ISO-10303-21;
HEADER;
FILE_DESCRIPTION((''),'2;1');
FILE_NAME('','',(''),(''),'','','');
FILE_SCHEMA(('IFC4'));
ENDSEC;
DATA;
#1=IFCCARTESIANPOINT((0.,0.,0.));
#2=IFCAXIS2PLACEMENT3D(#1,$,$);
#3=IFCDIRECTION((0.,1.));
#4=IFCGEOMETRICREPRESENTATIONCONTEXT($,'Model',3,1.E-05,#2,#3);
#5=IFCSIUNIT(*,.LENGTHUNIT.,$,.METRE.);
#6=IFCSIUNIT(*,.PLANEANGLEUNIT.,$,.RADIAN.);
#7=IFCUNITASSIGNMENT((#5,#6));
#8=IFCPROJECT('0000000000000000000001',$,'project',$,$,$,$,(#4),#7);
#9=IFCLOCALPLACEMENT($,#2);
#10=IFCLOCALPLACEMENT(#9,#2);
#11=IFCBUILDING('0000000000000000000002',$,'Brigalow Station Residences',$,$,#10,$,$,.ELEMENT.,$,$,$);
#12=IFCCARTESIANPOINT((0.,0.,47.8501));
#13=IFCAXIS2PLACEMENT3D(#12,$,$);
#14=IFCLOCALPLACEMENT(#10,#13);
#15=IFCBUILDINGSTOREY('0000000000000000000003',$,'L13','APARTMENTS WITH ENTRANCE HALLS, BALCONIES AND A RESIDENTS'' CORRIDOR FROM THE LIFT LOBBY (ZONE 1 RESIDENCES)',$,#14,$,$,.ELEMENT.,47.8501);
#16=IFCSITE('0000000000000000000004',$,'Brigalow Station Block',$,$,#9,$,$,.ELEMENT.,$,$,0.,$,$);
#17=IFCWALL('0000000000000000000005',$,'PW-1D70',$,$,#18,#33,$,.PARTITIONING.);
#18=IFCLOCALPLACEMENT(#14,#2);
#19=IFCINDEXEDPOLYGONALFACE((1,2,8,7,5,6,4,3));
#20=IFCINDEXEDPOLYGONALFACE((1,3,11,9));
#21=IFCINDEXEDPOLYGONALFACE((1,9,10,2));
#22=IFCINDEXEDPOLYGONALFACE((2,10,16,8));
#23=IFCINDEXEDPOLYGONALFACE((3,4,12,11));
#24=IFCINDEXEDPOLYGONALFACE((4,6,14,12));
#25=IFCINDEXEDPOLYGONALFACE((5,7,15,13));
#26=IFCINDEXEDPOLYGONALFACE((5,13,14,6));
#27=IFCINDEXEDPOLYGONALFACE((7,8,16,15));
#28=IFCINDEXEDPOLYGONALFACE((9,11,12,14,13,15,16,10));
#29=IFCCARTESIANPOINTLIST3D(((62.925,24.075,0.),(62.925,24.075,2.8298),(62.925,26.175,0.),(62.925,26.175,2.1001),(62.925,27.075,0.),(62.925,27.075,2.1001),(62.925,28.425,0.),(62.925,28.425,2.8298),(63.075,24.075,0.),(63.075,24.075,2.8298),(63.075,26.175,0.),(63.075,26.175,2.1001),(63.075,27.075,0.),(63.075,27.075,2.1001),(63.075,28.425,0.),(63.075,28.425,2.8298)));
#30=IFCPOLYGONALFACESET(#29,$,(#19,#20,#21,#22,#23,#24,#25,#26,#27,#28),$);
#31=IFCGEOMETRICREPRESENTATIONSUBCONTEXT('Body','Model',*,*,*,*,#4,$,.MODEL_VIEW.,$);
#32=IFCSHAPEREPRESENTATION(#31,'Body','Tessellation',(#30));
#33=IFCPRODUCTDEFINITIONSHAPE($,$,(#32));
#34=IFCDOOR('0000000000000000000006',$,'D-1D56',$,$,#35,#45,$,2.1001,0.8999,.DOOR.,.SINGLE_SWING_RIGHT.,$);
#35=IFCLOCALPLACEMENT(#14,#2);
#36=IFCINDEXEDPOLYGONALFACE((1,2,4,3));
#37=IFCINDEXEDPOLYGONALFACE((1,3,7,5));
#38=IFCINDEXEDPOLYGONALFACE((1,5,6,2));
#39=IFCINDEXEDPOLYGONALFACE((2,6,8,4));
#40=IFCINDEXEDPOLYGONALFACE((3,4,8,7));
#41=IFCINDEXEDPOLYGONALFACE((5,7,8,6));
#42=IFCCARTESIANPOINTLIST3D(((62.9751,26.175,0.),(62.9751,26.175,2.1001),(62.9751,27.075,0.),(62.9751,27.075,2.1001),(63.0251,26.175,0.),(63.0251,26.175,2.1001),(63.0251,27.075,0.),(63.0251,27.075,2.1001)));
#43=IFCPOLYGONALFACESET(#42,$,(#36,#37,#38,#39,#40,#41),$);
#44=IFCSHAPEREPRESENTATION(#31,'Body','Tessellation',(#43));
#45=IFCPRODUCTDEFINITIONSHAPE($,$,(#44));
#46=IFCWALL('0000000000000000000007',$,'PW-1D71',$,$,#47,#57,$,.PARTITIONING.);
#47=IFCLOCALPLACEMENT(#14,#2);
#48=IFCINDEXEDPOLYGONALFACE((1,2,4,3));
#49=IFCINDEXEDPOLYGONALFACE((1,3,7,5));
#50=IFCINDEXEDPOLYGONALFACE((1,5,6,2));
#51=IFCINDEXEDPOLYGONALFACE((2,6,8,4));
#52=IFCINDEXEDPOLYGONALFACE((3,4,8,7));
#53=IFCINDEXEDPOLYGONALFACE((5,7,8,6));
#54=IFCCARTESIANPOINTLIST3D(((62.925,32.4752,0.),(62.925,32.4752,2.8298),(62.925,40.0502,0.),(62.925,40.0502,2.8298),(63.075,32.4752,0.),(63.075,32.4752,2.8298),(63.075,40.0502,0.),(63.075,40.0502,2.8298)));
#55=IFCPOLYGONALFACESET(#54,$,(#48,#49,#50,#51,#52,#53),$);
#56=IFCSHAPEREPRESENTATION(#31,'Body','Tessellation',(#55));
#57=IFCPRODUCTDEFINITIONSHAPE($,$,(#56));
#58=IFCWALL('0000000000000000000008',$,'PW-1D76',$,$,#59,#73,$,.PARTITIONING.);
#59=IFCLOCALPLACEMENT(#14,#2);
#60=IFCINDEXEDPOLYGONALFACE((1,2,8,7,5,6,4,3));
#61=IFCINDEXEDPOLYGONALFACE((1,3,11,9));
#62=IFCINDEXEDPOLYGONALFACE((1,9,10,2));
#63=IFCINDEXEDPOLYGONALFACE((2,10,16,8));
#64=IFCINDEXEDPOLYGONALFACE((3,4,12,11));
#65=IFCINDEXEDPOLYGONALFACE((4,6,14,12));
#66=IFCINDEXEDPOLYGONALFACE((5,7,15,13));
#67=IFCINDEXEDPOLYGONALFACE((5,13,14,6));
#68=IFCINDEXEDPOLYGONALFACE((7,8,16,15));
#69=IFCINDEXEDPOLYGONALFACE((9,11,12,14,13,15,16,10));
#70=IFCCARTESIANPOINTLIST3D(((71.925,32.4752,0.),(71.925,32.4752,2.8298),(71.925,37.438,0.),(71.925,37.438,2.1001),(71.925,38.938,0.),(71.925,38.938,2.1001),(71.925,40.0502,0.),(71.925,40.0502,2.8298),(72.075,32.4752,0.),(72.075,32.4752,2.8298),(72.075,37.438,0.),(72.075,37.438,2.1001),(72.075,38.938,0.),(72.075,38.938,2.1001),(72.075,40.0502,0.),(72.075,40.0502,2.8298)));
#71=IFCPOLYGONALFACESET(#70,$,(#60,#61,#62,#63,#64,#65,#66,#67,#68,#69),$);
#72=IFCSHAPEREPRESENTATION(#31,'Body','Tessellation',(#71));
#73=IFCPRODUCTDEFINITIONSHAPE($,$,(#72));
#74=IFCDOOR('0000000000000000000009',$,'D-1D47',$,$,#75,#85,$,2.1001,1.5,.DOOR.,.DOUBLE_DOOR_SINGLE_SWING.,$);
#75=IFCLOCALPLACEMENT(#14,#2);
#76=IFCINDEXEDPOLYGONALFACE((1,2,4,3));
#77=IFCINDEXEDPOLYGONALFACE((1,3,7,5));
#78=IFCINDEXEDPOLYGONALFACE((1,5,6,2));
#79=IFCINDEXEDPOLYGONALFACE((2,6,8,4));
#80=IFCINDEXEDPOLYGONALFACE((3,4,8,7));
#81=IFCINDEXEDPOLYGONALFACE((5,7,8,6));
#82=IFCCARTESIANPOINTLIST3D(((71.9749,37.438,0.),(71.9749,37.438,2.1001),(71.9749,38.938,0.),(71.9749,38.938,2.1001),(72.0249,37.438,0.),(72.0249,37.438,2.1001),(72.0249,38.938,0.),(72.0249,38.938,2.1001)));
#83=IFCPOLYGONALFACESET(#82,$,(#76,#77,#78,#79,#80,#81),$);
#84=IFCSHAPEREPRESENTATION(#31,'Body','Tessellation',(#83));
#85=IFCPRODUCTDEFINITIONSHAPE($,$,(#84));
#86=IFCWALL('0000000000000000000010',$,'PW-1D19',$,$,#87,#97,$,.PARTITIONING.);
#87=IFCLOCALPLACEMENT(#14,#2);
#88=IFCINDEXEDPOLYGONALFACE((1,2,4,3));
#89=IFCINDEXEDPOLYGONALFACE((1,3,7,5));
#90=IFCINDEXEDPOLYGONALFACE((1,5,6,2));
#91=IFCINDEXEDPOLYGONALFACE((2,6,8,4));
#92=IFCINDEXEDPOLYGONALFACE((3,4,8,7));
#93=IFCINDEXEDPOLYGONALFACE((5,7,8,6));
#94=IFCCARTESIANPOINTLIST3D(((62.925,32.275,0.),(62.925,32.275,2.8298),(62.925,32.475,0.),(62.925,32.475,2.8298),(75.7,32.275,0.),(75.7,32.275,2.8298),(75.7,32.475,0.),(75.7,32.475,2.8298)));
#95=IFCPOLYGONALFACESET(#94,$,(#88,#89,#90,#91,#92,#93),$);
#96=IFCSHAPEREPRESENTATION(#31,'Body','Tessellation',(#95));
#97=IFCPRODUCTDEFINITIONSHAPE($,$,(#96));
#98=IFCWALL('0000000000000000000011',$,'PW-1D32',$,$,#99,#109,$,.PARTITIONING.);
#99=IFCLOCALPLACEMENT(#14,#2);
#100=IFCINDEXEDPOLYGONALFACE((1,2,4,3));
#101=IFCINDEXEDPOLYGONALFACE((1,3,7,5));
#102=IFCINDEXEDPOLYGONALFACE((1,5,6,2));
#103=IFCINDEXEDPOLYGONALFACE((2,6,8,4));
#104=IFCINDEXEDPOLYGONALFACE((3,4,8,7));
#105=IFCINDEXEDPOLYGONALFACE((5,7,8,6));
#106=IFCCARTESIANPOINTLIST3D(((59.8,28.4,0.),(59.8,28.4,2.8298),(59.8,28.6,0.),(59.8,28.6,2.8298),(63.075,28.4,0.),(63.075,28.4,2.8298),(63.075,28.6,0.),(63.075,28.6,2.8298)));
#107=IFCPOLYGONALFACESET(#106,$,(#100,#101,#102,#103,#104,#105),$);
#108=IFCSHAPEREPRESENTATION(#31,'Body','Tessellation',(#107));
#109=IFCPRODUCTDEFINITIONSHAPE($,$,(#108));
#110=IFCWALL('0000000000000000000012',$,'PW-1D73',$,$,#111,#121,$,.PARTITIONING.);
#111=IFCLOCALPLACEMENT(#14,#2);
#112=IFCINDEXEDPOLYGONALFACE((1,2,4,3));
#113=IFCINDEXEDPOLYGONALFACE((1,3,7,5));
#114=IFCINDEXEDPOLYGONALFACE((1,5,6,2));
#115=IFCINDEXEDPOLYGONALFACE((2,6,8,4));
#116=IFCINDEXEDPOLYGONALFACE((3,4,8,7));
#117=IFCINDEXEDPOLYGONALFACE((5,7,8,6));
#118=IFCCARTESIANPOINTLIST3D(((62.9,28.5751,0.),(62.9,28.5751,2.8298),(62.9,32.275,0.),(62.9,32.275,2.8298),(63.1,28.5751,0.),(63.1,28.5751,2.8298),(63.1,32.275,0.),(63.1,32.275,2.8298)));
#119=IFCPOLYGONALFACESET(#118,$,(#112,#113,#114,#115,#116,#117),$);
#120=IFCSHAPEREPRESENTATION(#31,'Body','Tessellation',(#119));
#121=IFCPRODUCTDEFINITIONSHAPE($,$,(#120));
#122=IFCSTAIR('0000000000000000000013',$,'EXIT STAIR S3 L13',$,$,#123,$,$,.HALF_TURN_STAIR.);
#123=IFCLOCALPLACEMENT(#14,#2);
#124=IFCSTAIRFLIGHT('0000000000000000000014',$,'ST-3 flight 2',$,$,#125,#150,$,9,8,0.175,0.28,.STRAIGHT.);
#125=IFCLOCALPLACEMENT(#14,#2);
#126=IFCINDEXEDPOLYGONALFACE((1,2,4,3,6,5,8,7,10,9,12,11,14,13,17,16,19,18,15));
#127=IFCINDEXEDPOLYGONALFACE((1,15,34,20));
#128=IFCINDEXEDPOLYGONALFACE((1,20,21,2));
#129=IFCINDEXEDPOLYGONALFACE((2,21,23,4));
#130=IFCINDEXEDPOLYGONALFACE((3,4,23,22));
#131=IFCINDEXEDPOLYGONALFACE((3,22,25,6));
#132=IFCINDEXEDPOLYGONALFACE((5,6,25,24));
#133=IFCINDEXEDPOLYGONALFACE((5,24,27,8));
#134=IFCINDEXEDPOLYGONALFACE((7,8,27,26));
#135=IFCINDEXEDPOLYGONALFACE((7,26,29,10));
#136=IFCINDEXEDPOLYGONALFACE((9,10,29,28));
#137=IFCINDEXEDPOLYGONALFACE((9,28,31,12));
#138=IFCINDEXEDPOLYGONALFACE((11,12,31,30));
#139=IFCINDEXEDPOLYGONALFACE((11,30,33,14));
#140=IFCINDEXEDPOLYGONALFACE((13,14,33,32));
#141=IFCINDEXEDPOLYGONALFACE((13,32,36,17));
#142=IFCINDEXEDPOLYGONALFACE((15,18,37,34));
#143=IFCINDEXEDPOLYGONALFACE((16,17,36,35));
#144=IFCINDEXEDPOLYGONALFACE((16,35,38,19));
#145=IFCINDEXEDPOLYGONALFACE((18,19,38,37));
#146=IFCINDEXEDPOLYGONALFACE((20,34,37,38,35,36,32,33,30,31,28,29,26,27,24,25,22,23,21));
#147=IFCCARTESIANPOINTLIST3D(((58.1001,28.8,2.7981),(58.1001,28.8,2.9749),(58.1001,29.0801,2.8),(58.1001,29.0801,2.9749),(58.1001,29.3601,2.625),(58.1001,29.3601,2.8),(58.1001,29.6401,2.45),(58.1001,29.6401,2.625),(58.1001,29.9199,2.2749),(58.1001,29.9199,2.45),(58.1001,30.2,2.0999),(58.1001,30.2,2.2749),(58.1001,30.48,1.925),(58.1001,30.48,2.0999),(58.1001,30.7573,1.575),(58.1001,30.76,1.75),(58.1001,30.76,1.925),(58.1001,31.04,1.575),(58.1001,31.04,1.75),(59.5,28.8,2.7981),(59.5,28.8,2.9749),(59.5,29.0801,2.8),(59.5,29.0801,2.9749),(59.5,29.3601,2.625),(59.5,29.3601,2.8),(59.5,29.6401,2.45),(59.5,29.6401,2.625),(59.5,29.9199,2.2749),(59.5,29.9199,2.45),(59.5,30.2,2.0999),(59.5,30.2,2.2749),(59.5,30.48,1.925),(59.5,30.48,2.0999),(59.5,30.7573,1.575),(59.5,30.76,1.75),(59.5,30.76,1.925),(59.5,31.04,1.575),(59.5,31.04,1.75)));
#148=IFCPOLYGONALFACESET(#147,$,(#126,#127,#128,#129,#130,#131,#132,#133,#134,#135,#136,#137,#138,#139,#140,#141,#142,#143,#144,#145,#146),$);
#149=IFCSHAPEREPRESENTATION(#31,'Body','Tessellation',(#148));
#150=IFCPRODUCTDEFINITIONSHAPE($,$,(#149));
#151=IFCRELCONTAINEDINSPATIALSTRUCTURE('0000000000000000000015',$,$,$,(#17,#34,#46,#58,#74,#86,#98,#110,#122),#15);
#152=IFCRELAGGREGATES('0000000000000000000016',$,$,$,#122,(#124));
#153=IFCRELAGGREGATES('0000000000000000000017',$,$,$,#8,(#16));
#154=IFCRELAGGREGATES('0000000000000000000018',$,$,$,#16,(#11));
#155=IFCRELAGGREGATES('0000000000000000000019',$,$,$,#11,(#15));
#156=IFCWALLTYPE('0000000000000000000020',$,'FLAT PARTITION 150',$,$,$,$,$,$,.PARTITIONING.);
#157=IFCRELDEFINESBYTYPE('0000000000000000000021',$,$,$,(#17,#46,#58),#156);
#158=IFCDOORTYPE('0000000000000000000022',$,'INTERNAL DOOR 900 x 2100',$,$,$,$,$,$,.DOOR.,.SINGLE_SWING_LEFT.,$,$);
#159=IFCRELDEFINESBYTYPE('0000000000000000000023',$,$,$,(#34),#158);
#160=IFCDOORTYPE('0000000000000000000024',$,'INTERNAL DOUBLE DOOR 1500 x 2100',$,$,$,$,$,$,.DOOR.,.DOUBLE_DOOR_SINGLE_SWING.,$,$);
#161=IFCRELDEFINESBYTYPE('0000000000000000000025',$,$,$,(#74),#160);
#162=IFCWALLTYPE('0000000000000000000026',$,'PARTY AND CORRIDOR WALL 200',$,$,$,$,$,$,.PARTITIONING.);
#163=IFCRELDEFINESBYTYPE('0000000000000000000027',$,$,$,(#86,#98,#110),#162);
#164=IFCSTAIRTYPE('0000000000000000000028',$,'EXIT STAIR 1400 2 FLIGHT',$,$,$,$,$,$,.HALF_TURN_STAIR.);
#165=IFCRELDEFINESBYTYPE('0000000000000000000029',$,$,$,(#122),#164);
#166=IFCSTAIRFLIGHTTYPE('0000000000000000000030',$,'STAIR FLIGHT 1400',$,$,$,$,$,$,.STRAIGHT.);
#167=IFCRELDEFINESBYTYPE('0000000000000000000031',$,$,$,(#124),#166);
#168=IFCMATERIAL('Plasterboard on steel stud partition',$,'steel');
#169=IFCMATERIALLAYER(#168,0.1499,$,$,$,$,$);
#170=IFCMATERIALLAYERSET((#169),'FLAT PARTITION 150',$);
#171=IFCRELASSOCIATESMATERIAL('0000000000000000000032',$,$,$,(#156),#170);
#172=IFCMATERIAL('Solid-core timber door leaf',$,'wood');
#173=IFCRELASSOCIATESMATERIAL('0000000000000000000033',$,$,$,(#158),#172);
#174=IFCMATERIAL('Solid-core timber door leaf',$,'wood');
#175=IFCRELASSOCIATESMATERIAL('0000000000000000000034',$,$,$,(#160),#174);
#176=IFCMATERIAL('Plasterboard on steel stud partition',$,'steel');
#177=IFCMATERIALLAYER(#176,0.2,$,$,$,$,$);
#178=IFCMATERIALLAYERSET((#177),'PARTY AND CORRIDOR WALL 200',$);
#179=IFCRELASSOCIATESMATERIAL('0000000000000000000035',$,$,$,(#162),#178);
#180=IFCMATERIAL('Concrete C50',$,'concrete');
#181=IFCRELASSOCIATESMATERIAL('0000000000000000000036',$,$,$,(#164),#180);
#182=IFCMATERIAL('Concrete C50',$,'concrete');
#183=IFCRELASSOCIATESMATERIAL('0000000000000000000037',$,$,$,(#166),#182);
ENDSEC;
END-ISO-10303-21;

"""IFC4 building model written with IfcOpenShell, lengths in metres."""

from ifc_helpers import new_model, si_unit, direction, frame, frame_2d, origin, place, context, subcontext, project, spatial, polyline, rectangle, outline, extrude, material, layer, layer_set, type_object, element, fill, aggregate, save


model = new_model("IFC4")

# Units and contexts
model_context = context("Model", 3, precision=1e-05, world=origin(), true_north=direction((0.0, 1.0)))
body_context = subcontext(model_context, "Body", "Model", "MODEL_VIEW")
ifc_project = project(units=[si_unit("LENGTHUNIT", "METRE"), si_unit("PLANEANGLEUNIT", "RADIAN")], contexts=[model_context])

# Site, building, storey
site_placement = place(None, origin())
site = spatial("IfcSite", under=ifc_project, at=site_placement, Name="Brigalow Station Block", CompositionType="ELEMENT", RefElevation=0.0)
building_placement = place(site_placement, origin())
building = spatial("IfcBuilding", under=site, at=building_placement, Name="Brigalow Station Residences", CompositionType="ELEMENT")
storey_placement = place(building_placement, frame((0.0, 0.0, 47.8501)))
storey = spatial("IfcBuildingStorey", under=building, at=storey_placement, Name="L13", Description="APARTMENTS WITH ENTRANCE HALLS, BALCONIES AND A RESIDENTS' CORRIDOR FROM THE LIFT LOBBY (ZONE 1 RESIDENCES)", CompositionType="ELEMENT", Elevation=47.8501)

# Wall, opening, door
ifc_material_1 = material(Name="Plasterboard on steel stud partition", Category="steel")
ifc_layer_1 = layer(ifc_material_1, 0.1499)
ifc_layer_set_1 = layer_set([ifc_layer_1], Name="FLAT PARTITION 150")
wall_type_1 = type_object("IfcWallType", Name="FLAT PARTITION 150", PredefinedType="PARTITIONING", material=ifc_layer_set_1)
ifc_material_2 = material(Name="Solid-core timber door leaf", Category="wood")
door_type_1 = type_object("IfcDoorType", Name="INTERNAL DOOR 900 x 2100", OperationType="SINGLE_SWING_LEFT", PredefinedType="DOOR", material=ifc_material_2)
ifc_material_3 = material(Name="Solid-core timber door leaf", Category="wood")
door_type_2 = type_object("IfcDoorType", Name="INTERNAL DOUBLE DOOR 1500 x 2100", OperationType="DOUBLE_DOOR_SINGLE_SWING", PredefinedType="DOOR", material=ifc_material_3)
wall_1_placement = place(storey_placement, frame((63.0, 24.075, 0.0), z_axis=(0.0, 0.0, 1.0), x_axis=(0.0, 1.0, 0.0)))
wall_1 = element("IfcWall", 1, at=wall_1_placement, inside=storey, type_object=wall_type_1, Name="PW-1D70", PredefinedType="PARTITIONING", context=body_context, shape_type="SweptSolid", body=[
    extrude(rectangle(XDim=4.3501, YDim=0.1499, at=frame_2d((2.175, 0.0))), origin(), (0.0, 0.0, 1.0), 2.8298),
])
opening_1_placement = place(wall_1_placement, frame((2.1001, 0.0, 0.0)))
opening_1 = element("IfcOpeningElement", 2, at=opening_1_placement, cuts=wall_1, PredefinedType="OPENING", context=body_context, shape_type="SweptSolid", body=[
    extrude(rectangle(XDim=0.8999, YDim=2.1001, at=frame_2d((0.45, 1.05))), frame((0.0, 0.085, 0.0), z_axis=(0.0, -1.0, 0.0), x_axis=(1.0, 0.0, 0.0)), (0.0, 0.0, 1.0), 0.1699),
])
door_1_placement = place(opening_1_placement, origin())
door_1 = element("IfcDoor", 3, at=door_1_placement, inside=storey, type_object=door_type_1, Name="D-1D56", OperationType="SINGLE_SWING_RIGHT", OverallHeight=2.1001, OverallWidth=0.8999, PredefinedType="DOOR", context=body_context, shape_type="SweptSolid", body=[
    extrude(rectangle(XDim=0.8999, YDim=2.1001, at=frame_2d((0.45, 1.05))), frame((0.0, 0.0249, 0.0), z_axis=(0.0, -1.0, 0.0), x_axis=(1.0, 0.0, 0.0)), (0.0, 0.0, 1.0), 0.05),
])
fill(opening_1, door_1)

# Wall
wall_2_placement = place(storey_placement, frame((63.0, 32.4751, 0.0), z_axis=(0.0, 0.0, 1.0), x_axis=(0.0, 1.0, 0.0)))
element("IfcWall", 4, at=wall_2_placement, inside=storey, type_object=wall_type_1, Name="PW-1D71", PredefinedType="PARTITIONING", context=body_context, shape_type="SweptSolid", body=[
    extrude(rectangle(XDim=7.575, YDim=0.1499, at=frame_2d((3.7876, 0.0))), origin(), (0.0, 0.0, 1.0), 2.8298),
])

# Wall, opening, door
wall_3_placement = place(storey_placement, frame((72.0, 32.4751, 0.0), z_axis=(0.0, 0.0, 1.0), x_axis=(0.0, 1.0, 0.0)))
wall_3 = element("IfcWall", 5, at=wall_3_placement, inside=storey, type_object=wall_type_1, Name="PW-1D76", PredefinedType="PARTITIONING", context=body_context, shape_type="SweptSolid", body=[
    extrude(rectangle(XDim=7.575, YDim=0.1499, at=frame_2d((3.7876, 0.0))), origin(), (0.0, 0.0, 1.0), 2.8298),
])
opening_2_placement = place(wall_3_placement, frame((4.9629, 0.0, 0.0)))
opening_2 = element("IfcOpeningElement", 6, at=opening_2_placement, cuts=wall_3, PredefinedType="OPENING", context=body_context, shape_type="SweptSolid", body=[
    extrude(rectangle(XDim=1.5, YDim=2.1001, at=frame_2d((0.75, 1.05))), frame((0.0, 0.085, 0.0), z_axis=(0.0, -1.0, 0.0), x_axis=(1.0, 0.0, 0.0)), (0.0, 0.0, 1.0), 0.1699),
])
door_2_placement = place(opening_2_placement, frame((1.5, 0.0, 0.0), z_axis=(0.0, 0.0, 1.0), x_axis=(-1.0, 0.0, 0.0)))
door_2 = element("IfcDoor", 7, at=door_2_placement, inside=storey, type_object=door_type_2, Name="D-1D47", OperationType="DOUBLE_DOOR_SINGLE_SWING", OverallHeight=2.1001, OverallWidth=1.5, PredefinedType="DOOR", context=body_context, shape_type="SweptSolid", body=[
    extrude(rectangle(XDim=1.5, YDim=2.1001, at=frame_2d((0.75, 1.05))), frame((0.0, 0.0249, 0.0), z_axis=(0.0, -1.0, 0.0), x_axis=(1.0, 0.0, 0.0)), (0.0, 0.0, 1.0), 0.05),
])
fill(opening_2, door_2)

# Walls
ifc_material_4 = material(Name="Plasterboard on steel stud partition", Category="steel")
ifc_layer_2 = layer(ifc_material_4, 0.2)
ifc_layer_set_2 = layer_set([ifc_layer_2], Name="PARTY AND CORRIDOR WALL 200")
wall_type_2 = type_object("IfcWallType", Name="PARTY AND CORRIDOR WALL 200", PredefinedType="PARTITIONING", material=ifc_layer_set_2)
wall_4_placement = place(storey_placement, frame((62.925, 32.375, 0.0), z_axis=(0.0, 0.0, 1.0), x_axis=(1.0, 0.0, 0.0)))
element("IfcWall", 8, at=wall_4_placement, inside=storey, type_object=wall_type_2, Name="PW-1D19", PredefinedType="PARTITIONING", context=body_context, shape_type="SweptSolid", body=[
    extrude(rectangle(XDim=12.7749, YDim=0.2, at=frame_2d((6.3875, 0.0))), origin(), (0.0, 0.0, 1.0), 2.8298),
])
wall_5_placement = place(storey_placement, frame((59.8, 28.5, 0.0), z_axis=(0.0, 0.0, 1.0), x_axis=(1.0, 0.0, 0.0)))
element("IfcWall", 9, at=wall_5_placement, inside=storey, type_object=wall_type_2, Name="PW-1D32", PredefinedType="PARTITIONING", context=body_context, shape_type="SweptSolid", body=[
    extrude(rectangle(XDim=3.2749, YDim=0.2, at=frame_2d((1.6375, 0.0))), origin(), (0.0, 0.0, 1.0), 2.8298),
])
wall_6_placement = place(storey_placement, frame((63.0, 28.575, 0.0), z_axis=(0.0, 0.0, 1.0), x_axis=(0.0, 1.0, 0.0)))
element("IfcWall", 10, at=wall_6_placement, inside=storey, type_object=wall_type_2, Name="PW-1D73", PredefinedType="PARTITIONING", context=body_context, shape_type="SweptSolid", body=[
    extrude(rectangle(XDim=3.7, YDim=0.2, at=frame_2d((1.8501, 0.0))), origin(), (0.0, 0.0, 1.0), 2.8298),
])

# Stair, stair flight
ifc_material_5 = material(Name="Concrete C50", Category="concrete")
stair_type = type_object("IfcStairType", Name="EXIT STAIR 1400 2 FLIGHT", PredefinedType="HALF_TURN_STAIR", material=ifc_material_5)
stair_placement = place(storey_placement, origin())
stair = element("IfcStair", 11, at=stair_placement, inside=storey, type_object=stair_type, Name="EXIT STAIR S3 L13", PredefinedType="HALF_TURN_STAIR")
ifc_material_6 = material(Name="Concrete C50", Category="concrete")
stair_flight_type = type_object("IfcStairFlightType", Name="STAIR FLIGHT 1400", PredefinedType="STRAIGHT", material=ifc_material_6)
stair_flight_placement = place(storey_placement, frame((58.8, 31.04, 1.575), z_axis=(0.0, 0.0, 1.0), x_axis=(0.0, -1.0, 0.0)))
stair_flight = element("IfcStairFlight", 12, at=stair_flight_placement, type_object=stair_flight_type, Name="ST-3 flight 2", NumberOfRisers=9, NumberOfTreads=8, PredefinedType="STRAIGHT", RiserHeight=0.175, TreadLength=0.28, context=body_context, shape_type="SweptSolid", body=[
    extrude(outline(polyline([(0.0, 0.0), (0.0, 0.175), (0.28, 0.175), (0.28, 0.3501), (0.5601, 0.3501), (0.5601, 0.5249), (0.8401, 0.5249), (0.8401, 0.7), (1.1201, 0.7), (1.1201, 0.875), (1.3999, 0.875), (1.3999, 1.05), (1.6799, 1.05), (1.6799, 1.2251), (1.96, 1.2251), (1.96, 1.3999), (2.24, 1.3999), (2.24, 1.575), (2.24, 1.2231), (0.2827, 0.0), (0.0, 0.0)])), frame((0.0, 0.7, 0.0), z_axis=(0.0, -1.0, 0.0), x_axis=(1.0, 0.0, 0.0)), (0.0, 0.0, 1.0), 1.3999),
])
aggregate(stair, [stair_flight])

save(model, "model.ifc")
